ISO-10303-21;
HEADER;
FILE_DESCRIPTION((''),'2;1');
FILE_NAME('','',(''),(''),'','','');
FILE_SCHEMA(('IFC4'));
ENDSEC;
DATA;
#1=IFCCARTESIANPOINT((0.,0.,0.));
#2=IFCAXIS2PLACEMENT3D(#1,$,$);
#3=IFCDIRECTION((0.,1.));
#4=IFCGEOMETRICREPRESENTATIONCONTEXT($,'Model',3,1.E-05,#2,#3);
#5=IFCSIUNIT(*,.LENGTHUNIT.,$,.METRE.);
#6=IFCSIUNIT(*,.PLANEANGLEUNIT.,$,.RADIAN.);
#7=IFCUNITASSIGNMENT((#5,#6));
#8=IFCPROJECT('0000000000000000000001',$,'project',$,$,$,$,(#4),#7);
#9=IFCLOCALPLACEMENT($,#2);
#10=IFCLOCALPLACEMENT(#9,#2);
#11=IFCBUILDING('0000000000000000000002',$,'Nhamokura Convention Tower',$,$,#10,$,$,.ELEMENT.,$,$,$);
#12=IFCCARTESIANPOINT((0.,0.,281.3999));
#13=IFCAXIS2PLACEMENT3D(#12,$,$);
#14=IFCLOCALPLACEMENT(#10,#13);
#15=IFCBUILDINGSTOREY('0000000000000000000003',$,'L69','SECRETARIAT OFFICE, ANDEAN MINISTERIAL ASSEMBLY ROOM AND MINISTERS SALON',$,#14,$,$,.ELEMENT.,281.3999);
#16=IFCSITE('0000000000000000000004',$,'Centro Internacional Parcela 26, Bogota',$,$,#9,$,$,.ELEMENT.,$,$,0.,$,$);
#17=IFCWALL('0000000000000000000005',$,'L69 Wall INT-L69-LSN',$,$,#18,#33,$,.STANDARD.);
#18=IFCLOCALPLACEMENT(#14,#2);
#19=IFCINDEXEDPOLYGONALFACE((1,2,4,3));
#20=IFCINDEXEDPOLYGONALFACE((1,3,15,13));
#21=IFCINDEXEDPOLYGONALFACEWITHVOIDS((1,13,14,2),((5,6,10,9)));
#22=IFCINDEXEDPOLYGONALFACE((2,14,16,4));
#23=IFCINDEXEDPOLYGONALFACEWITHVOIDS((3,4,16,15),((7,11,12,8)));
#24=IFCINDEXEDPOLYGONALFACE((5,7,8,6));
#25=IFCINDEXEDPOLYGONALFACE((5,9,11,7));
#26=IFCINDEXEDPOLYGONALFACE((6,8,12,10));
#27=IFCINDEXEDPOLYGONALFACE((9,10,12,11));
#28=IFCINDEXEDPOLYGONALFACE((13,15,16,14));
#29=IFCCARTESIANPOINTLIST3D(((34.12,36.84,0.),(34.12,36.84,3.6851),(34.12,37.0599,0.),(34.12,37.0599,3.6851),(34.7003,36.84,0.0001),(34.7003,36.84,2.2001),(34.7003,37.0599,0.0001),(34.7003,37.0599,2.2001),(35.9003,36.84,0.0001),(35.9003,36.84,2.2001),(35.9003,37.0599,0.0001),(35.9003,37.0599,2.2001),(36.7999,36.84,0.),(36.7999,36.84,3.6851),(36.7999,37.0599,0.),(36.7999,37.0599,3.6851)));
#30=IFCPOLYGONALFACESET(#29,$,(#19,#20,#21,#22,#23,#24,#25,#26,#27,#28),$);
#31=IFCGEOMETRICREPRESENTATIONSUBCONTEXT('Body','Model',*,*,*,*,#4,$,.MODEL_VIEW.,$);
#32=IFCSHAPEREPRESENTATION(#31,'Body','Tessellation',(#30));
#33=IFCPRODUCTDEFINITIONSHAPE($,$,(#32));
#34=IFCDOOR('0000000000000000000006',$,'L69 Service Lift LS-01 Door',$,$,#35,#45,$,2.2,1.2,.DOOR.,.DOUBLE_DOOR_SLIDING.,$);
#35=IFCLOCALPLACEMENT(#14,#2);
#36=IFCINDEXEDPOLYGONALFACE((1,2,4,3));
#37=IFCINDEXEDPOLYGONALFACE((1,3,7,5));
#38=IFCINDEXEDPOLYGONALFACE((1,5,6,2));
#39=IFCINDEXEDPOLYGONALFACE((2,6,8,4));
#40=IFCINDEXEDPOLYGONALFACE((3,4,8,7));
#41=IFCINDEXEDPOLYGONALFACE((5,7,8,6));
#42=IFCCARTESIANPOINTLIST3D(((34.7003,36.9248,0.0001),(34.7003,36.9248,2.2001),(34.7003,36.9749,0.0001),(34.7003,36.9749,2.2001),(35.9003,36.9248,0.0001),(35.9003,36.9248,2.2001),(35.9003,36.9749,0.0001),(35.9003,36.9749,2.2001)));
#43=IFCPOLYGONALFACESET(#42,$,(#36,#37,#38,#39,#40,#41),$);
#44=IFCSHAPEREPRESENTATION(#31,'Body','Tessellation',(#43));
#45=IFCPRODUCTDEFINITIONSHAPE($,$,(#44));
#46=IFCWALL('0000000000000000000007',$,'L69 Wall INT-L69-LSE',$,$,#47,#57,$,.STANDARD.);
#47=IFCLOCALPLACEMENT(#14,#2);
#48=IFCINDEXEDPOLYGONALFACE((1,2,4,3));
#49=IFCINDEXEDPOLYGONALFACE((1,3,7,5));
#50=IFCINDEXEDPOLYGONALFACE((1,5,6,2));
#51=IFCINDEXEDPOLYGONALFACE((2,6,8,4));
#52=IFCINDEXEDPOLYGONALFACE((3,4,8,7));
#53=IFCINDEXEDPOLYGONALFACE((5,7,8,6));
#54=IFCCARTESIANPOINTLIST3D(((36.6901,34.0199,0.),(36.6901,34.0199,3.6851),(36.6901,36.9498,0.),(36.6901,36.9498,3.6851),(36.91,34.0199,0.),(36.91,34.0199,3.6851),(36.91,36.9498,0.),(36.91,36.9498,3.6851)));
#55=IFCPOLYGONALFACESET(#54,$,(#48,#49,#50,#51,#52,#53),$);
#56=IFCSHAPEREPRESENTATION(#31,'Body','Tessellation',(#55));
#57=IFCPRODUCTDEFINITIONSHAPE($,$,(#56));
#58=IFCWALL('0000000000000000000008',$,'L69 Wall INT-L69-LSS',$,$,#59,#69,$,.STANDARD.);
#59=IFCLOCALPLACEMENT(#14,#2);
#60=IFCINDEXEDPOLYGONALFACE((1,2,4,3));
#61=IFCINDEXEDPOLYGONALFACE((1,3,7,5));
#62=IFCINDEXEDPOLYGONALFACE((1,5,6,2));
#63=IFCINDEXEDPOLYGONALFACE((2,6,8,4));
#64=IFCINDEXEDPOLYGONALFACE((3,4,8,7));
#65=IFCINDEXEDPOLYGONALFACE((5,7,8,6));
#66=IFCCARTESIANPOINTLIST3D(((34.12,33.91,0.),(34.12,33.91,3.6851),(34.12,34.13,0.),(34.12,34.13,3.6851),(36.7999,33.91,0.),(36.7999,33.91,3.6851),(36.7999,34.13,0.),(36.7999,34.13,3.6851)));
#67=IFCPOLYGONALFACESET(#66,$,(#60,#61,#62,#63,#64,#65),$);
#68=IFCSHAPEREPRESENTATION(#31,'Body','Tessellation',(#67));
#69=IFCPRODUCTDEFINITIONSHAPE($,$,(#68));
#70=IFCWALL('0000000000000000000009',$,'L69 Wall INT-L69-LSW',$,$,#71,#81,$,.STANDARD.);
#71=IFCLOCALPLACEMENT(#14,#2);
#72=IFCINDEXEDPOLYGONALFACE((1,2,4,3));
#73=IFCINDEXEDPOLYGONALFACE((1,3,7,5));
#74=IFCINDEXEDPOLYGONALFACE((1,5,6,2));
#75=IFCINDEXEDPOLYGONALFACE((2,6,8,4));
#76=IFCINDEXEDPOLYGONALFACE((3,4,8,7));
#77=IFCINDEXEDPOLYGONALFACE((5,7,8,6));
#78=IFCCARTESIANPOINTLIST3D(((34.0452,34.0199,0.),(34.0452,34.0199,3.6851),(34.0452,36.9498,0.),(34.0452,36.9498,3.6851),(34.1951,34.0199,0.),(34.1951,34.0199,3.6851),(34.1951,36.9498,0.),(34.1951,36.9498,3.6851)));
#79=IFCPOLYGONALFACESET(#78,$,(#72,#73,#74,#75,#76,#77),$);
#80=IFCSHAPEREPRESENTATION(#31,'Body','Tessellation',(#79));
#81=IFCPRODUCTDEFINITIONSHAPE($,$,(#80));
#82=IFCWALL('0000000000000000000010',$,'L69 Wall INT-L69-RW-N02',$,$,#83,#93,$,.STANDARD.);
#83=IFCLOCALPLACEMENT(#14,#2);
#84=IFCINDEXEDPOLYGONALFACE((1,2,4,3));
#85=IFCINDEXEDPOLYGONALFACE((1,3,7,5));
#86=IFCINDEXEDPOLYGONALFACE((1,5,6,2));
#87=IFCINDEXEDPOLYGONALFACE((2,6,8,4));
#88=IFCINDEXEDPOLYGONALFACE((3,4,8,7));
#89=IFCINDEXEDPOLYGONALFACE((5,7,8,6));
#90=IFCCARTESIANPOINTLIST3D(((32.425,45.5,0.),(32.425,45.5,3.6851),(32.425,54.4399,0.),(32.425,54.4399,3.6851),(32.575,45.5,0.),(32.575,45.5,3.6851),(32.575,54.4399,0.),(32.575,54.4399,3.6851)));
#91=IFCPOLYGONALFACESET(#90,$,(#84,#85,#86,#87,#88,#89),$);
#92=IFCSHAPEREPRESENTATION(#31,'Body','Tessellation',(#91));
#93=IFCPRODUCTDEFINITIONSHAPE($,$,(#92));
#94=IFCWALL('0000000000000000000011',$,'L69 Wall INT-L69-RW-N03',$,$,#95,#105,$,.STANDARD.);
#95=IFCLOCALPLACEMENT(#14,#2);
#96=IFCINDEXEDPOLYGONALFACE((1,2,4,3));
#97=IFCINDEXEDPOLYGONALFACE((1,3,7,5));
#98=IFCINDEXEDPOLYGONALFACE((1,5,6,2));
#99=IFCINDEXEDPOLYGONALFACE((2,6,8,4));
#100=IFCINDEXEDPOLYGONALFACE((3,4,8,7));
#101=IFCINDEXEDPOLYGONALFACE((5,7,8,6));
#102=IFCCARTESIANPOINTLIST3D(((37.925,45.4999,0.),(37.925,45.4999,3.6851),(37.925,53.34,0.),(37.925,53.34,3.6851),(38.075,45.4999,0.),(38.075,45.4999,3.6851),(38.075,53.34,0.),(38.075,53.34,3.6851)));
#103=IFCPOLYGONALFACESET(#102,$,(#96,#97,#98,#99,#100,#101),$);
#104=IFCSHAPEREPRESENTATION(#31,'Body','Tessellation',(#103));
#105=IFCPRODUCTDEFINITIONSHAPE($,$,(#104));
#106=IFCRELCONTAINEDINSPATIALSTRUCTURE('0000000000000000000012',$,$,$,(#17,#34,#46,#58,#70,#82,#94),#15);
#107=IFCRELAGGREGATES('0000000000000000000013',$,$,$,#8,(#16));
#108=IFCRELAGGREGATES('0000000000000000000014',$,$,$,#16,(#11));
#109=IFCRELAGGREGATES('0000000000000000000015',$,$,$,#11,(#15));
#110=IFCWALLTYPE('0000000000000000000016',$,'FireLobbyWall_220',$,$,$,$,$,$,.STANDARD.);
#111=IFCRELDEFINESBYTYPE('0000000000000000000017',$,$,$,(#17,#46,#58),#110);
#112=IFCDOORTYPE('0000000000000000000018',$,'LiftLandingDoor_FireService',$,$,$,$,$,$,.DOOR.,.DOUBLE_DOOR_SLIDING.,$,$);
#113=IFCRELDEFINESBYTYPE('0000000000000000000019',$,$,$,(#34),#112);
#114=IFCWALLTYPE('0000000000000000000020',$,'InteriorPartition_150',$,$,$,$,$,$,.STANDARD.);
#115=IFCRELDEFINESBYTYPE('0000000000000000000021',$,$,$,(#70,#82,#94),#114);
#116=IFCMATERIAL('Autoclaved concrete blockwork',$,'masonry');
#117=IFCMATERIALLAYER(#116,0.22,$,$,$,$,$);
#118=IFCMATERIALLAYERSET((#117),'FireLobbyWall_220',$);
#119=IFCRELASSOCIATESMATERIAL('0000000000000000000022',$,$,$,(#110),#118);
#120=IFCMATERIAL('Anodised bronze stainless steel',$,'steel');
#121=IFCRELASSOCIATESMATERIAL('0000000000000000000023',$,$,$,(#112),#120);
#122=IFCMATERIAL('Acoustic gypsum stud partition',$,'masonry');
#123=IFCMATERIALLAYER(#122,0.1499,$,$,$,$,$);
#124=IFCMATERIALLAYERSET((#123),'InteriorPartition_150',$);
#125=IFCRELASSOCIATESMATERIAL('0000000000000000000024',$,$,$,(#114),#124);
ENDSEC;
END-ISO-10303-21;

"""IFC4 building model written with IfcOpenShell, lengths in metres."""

from ifc_helpers import new_model, si_unit, direction, frame, frame_2d, origin, place, context, subcontext, project, spatial, rectangle, extrude, material, layer, layer_set, type_object, element, fill, save


model = new_model("IFC4")

# Units and contexts
model_context = context("Model", 3, precision=1e-05, world=origin(), true_north=direction((0.0, 1.0)))
body_context = subcontext(model_context, "Body", "Model", "MODEL_VIEW")
ifc_project = project(units=[si_unit("LENGTHUNIT", "METRE"), si_unit("PLANEANGLEUNIT", "RADIAN")], contexts=[model_context])

# Site, building, storey
site_placement = place(None, origin())
site = spatial("IfcSite", under=ifc_project, at=site_placement, Name="Centro Internacional Parcela 26, Bogota", CompositionType="ELEMENT", RefElevation=0.0)
building_placement = place(site_placement, origin())
building = spatial("IfcBuilding", under=site, at=building_placement, Name="Nhamokura Convention Tower", CompositionType="ELEMENT")
storey_placement = place(building_placement, frame((0.0, 0.0, 281.3999)))
storey = spatial("IfcBuildingStorey", under=building, at=storey_placement, Name="L69", Description="SECRETARIAT OFFICE, ANDEAN MINISTERIAL ASSEMBLY ROOM AND MINISTERS SALON", CompositionType="ELEMENT", Elevation=281.3999)

# Shared definitions
ifc_material_1 = material(Name="Autoclaved concrete blockwork", Category="masonry")
ifc_layer_1 = layer(ifc_material_1, 0.22)
ifc_layer_set_1 = layer_set([ifc_layer_1], Name="FireLobbyWall_220")
wall_type_1 = type_object("IfcWallType", Name="FireLobbyWall_220", PredefinedType="STANDARD", material=ifc_layer_set_1)
ifc_material_2 = material(Name="Anodised bronze stainless steel", Category="steel")
door_type_1 = type_object("IfcDoorType", Name="LiftLandingDoor_FireService", OperationType="DOUBLE_DOOR_SLIDING", PredefinedType="DOOR", material=ifc_material_2)

# Wall, opening, door
wall_1_placement = place(storey_placement, frame((34.1201, 36.95, 0.0), z_axis=(0.0, 0.0, 1.0), x_axis=(1.0, 0.0, 0.0)))
wall_1 = element("IfcWall", 1, at=wall_1_placement, inside=storey, type_object=wall_type_1, Name="L69 Wall INT-L69-LSN", PredefinedType="STANDARD", context=body_context, shape_type="SweptSolid", body=[
    extrude(rectangle(XDim=2.6799, YDim=0.22, at=frame_2d((1.3398, 0.0))), origin(), (0.0, 0.0, 1.0), 3.6851),
])
opening_1_placement = place(wall_1_placement, frame((0.5801, 0.0, 0.0)))
opening_1 = element("IfcOpeningElement", 2, at=opening_1_placement, cuts=wall_1, PredefinedType="OPENING", context=body_context, shape_type="SweptSolid", body=[
    extrude(rectangle(XDim=1.2, YDim=2.2, at=frame_2d((0.6001, 1.1001))), frame((0.0, 0.1199, 0.0), z_axis=(0.0, -1.0, 0.0), x_axis=(1.0, 0.0, 0.0)), (0.0, 0.0, 1.0), 0.24),
])
door_1_placement = place(opening_1_placement, origin())
door_1 = element("IfcDoor", 3, at=door_1_placement, inside=storey, type_object=door_type_1, Name="L69 Service Lift LS-01 Door", OperationType="DOUBLE_DOOR_SLIDING", OverallHeight=2.2, OverallWidth=1.2, PredefinedType="DOOR", context=body_context, shape_type="SweptSolid", body=[
    extrude(rectangle(XDim=1.2, YDim=2.2, at=frame_2d((0.6001, 1.1001))), frame((0.0, 0.0249, 0.0), z_axis=(0.0, -1.0, 0.0), x_axis=(1.0, 0.0, 0.0)), (0.0, 0.0, 1.0), 0.05),
])
fill(opening_1, door_1)

# Walls
wall_2_placement = place(storey_placement, frame((36.8, 34.02, 0.0), z_axis=(0.0, 0.0, 1.0), x_axis=(0.0, 1.0, 0.0)))
element("IfcWall", 4, at=wall_2_placement, inside=storey, type_object=wall_type_1, Name="L69 Wall INT-L69-LSE", PredefinedType="STANDARD", context=body_context, shape_type="SweptSolid", body=[
    extrude(rectangle(XDim=2.9299, YDim=0.22, at=frame_2d((1.4648, 0.0))), origin(), (0.0, 0.0, 1.0), 3.6851),
])
wall_3_placement = place(storey_placement, frame((34.1201, 34.02, 0.0), z_axis=(0.0, 0.0, 1.0), x_axis=(1.0, 0.0, 0.0)))
element("IfcWall", 5, at=wall_3_placement, inside=storey, type_object=wall_type_1, Name="L69 Wall INT-L69-LSS", PredefinedType="STANDARD", context=body_context, shape_type="SweptSolid", body=[
    extrude(rectangle(XDim=2.6799, YDim=0.22, at=frame_2d((1.3398, 0.0))), origin(), (0.0, 0.0, 1.0), 3.6851),
])
ifc_material_3 = material(Name="Acoustic gypsum stud partition", Category="masonry")
ifc_layer_2 = layer(ifc_material_3, 0.1499)
ifc_layer_set_2 = layer_set([ifc_layer_2], Name="InteriorPartition_150")
wall_type_2 = type_object("IfcWallType", Name="InteriorPartition_150", PredefinedType="STANDARD", material=ifc_layer_set_2)
wall_4_placement = place(storey_placement, frame((34.1201, 34.02, 0.0), z_axis=(0.0, 0.0, 1.0), x_axis=(0.0, 1.0, 0.0)))
element("IfcWall", 6, at=wall_4_placement, inside=storey, type_object=wall_type_2, Name="L69 Wall INT-L69-LSW", PredefinedType="STANDARD", context=body_context, shape_type="SweptSolid", body=[
    extrude(rectangle(XDim=2.9299, YDim=0.1499, at=frame_2d((1.4648, 0.0))), origin(), (0.0, 0.0, 1.0), 3.6851),
])
wall_5_placement = place(storey_placement, frame((32.5, 45.5, 0.0), z_axis=(0.0, 0.0, 1.0), x_axis=(0.0, 1.0, 0.0)))
element("IfcWall", 7, at=wall_5_placement, inside=storey, type_object=wall_type_2, Name="L69 Wall INT-L69-RW-N02", PredefinedType="STANDARD", context=body_context, shape_type="SweptSolid", body=[
    extrude(rectangle(XDim=8.9399, YDim=0.1499, at=frame_2d((4.47, 0.0))), origin(), (0.0, 0.0, 1.0), 3.6851),
])
wall_6_placement = place(storey_placement, frame((38.0, 45.5, 0.0), z_axis=(0.0, 0.0, 1.0), x_axis=(0.0, 1.0, 0.0)))
element("IfcWall", 8, at=wall_6_placement, inside=storey, type_object=wall_type_2, Name="L69 Wall INT-L69-RW-N03", PredefinedType="STANDARD", context=body_context, shape_type="SweptSolid", body=[
    extrude(rectangle(XDim=7.8401, YDim=0.1499, at=frame_2d((3.9199, 0.0))), origin(), (0.0, 0.0, 1.0), 3.6851),
])

save(model, "model.ifc")
